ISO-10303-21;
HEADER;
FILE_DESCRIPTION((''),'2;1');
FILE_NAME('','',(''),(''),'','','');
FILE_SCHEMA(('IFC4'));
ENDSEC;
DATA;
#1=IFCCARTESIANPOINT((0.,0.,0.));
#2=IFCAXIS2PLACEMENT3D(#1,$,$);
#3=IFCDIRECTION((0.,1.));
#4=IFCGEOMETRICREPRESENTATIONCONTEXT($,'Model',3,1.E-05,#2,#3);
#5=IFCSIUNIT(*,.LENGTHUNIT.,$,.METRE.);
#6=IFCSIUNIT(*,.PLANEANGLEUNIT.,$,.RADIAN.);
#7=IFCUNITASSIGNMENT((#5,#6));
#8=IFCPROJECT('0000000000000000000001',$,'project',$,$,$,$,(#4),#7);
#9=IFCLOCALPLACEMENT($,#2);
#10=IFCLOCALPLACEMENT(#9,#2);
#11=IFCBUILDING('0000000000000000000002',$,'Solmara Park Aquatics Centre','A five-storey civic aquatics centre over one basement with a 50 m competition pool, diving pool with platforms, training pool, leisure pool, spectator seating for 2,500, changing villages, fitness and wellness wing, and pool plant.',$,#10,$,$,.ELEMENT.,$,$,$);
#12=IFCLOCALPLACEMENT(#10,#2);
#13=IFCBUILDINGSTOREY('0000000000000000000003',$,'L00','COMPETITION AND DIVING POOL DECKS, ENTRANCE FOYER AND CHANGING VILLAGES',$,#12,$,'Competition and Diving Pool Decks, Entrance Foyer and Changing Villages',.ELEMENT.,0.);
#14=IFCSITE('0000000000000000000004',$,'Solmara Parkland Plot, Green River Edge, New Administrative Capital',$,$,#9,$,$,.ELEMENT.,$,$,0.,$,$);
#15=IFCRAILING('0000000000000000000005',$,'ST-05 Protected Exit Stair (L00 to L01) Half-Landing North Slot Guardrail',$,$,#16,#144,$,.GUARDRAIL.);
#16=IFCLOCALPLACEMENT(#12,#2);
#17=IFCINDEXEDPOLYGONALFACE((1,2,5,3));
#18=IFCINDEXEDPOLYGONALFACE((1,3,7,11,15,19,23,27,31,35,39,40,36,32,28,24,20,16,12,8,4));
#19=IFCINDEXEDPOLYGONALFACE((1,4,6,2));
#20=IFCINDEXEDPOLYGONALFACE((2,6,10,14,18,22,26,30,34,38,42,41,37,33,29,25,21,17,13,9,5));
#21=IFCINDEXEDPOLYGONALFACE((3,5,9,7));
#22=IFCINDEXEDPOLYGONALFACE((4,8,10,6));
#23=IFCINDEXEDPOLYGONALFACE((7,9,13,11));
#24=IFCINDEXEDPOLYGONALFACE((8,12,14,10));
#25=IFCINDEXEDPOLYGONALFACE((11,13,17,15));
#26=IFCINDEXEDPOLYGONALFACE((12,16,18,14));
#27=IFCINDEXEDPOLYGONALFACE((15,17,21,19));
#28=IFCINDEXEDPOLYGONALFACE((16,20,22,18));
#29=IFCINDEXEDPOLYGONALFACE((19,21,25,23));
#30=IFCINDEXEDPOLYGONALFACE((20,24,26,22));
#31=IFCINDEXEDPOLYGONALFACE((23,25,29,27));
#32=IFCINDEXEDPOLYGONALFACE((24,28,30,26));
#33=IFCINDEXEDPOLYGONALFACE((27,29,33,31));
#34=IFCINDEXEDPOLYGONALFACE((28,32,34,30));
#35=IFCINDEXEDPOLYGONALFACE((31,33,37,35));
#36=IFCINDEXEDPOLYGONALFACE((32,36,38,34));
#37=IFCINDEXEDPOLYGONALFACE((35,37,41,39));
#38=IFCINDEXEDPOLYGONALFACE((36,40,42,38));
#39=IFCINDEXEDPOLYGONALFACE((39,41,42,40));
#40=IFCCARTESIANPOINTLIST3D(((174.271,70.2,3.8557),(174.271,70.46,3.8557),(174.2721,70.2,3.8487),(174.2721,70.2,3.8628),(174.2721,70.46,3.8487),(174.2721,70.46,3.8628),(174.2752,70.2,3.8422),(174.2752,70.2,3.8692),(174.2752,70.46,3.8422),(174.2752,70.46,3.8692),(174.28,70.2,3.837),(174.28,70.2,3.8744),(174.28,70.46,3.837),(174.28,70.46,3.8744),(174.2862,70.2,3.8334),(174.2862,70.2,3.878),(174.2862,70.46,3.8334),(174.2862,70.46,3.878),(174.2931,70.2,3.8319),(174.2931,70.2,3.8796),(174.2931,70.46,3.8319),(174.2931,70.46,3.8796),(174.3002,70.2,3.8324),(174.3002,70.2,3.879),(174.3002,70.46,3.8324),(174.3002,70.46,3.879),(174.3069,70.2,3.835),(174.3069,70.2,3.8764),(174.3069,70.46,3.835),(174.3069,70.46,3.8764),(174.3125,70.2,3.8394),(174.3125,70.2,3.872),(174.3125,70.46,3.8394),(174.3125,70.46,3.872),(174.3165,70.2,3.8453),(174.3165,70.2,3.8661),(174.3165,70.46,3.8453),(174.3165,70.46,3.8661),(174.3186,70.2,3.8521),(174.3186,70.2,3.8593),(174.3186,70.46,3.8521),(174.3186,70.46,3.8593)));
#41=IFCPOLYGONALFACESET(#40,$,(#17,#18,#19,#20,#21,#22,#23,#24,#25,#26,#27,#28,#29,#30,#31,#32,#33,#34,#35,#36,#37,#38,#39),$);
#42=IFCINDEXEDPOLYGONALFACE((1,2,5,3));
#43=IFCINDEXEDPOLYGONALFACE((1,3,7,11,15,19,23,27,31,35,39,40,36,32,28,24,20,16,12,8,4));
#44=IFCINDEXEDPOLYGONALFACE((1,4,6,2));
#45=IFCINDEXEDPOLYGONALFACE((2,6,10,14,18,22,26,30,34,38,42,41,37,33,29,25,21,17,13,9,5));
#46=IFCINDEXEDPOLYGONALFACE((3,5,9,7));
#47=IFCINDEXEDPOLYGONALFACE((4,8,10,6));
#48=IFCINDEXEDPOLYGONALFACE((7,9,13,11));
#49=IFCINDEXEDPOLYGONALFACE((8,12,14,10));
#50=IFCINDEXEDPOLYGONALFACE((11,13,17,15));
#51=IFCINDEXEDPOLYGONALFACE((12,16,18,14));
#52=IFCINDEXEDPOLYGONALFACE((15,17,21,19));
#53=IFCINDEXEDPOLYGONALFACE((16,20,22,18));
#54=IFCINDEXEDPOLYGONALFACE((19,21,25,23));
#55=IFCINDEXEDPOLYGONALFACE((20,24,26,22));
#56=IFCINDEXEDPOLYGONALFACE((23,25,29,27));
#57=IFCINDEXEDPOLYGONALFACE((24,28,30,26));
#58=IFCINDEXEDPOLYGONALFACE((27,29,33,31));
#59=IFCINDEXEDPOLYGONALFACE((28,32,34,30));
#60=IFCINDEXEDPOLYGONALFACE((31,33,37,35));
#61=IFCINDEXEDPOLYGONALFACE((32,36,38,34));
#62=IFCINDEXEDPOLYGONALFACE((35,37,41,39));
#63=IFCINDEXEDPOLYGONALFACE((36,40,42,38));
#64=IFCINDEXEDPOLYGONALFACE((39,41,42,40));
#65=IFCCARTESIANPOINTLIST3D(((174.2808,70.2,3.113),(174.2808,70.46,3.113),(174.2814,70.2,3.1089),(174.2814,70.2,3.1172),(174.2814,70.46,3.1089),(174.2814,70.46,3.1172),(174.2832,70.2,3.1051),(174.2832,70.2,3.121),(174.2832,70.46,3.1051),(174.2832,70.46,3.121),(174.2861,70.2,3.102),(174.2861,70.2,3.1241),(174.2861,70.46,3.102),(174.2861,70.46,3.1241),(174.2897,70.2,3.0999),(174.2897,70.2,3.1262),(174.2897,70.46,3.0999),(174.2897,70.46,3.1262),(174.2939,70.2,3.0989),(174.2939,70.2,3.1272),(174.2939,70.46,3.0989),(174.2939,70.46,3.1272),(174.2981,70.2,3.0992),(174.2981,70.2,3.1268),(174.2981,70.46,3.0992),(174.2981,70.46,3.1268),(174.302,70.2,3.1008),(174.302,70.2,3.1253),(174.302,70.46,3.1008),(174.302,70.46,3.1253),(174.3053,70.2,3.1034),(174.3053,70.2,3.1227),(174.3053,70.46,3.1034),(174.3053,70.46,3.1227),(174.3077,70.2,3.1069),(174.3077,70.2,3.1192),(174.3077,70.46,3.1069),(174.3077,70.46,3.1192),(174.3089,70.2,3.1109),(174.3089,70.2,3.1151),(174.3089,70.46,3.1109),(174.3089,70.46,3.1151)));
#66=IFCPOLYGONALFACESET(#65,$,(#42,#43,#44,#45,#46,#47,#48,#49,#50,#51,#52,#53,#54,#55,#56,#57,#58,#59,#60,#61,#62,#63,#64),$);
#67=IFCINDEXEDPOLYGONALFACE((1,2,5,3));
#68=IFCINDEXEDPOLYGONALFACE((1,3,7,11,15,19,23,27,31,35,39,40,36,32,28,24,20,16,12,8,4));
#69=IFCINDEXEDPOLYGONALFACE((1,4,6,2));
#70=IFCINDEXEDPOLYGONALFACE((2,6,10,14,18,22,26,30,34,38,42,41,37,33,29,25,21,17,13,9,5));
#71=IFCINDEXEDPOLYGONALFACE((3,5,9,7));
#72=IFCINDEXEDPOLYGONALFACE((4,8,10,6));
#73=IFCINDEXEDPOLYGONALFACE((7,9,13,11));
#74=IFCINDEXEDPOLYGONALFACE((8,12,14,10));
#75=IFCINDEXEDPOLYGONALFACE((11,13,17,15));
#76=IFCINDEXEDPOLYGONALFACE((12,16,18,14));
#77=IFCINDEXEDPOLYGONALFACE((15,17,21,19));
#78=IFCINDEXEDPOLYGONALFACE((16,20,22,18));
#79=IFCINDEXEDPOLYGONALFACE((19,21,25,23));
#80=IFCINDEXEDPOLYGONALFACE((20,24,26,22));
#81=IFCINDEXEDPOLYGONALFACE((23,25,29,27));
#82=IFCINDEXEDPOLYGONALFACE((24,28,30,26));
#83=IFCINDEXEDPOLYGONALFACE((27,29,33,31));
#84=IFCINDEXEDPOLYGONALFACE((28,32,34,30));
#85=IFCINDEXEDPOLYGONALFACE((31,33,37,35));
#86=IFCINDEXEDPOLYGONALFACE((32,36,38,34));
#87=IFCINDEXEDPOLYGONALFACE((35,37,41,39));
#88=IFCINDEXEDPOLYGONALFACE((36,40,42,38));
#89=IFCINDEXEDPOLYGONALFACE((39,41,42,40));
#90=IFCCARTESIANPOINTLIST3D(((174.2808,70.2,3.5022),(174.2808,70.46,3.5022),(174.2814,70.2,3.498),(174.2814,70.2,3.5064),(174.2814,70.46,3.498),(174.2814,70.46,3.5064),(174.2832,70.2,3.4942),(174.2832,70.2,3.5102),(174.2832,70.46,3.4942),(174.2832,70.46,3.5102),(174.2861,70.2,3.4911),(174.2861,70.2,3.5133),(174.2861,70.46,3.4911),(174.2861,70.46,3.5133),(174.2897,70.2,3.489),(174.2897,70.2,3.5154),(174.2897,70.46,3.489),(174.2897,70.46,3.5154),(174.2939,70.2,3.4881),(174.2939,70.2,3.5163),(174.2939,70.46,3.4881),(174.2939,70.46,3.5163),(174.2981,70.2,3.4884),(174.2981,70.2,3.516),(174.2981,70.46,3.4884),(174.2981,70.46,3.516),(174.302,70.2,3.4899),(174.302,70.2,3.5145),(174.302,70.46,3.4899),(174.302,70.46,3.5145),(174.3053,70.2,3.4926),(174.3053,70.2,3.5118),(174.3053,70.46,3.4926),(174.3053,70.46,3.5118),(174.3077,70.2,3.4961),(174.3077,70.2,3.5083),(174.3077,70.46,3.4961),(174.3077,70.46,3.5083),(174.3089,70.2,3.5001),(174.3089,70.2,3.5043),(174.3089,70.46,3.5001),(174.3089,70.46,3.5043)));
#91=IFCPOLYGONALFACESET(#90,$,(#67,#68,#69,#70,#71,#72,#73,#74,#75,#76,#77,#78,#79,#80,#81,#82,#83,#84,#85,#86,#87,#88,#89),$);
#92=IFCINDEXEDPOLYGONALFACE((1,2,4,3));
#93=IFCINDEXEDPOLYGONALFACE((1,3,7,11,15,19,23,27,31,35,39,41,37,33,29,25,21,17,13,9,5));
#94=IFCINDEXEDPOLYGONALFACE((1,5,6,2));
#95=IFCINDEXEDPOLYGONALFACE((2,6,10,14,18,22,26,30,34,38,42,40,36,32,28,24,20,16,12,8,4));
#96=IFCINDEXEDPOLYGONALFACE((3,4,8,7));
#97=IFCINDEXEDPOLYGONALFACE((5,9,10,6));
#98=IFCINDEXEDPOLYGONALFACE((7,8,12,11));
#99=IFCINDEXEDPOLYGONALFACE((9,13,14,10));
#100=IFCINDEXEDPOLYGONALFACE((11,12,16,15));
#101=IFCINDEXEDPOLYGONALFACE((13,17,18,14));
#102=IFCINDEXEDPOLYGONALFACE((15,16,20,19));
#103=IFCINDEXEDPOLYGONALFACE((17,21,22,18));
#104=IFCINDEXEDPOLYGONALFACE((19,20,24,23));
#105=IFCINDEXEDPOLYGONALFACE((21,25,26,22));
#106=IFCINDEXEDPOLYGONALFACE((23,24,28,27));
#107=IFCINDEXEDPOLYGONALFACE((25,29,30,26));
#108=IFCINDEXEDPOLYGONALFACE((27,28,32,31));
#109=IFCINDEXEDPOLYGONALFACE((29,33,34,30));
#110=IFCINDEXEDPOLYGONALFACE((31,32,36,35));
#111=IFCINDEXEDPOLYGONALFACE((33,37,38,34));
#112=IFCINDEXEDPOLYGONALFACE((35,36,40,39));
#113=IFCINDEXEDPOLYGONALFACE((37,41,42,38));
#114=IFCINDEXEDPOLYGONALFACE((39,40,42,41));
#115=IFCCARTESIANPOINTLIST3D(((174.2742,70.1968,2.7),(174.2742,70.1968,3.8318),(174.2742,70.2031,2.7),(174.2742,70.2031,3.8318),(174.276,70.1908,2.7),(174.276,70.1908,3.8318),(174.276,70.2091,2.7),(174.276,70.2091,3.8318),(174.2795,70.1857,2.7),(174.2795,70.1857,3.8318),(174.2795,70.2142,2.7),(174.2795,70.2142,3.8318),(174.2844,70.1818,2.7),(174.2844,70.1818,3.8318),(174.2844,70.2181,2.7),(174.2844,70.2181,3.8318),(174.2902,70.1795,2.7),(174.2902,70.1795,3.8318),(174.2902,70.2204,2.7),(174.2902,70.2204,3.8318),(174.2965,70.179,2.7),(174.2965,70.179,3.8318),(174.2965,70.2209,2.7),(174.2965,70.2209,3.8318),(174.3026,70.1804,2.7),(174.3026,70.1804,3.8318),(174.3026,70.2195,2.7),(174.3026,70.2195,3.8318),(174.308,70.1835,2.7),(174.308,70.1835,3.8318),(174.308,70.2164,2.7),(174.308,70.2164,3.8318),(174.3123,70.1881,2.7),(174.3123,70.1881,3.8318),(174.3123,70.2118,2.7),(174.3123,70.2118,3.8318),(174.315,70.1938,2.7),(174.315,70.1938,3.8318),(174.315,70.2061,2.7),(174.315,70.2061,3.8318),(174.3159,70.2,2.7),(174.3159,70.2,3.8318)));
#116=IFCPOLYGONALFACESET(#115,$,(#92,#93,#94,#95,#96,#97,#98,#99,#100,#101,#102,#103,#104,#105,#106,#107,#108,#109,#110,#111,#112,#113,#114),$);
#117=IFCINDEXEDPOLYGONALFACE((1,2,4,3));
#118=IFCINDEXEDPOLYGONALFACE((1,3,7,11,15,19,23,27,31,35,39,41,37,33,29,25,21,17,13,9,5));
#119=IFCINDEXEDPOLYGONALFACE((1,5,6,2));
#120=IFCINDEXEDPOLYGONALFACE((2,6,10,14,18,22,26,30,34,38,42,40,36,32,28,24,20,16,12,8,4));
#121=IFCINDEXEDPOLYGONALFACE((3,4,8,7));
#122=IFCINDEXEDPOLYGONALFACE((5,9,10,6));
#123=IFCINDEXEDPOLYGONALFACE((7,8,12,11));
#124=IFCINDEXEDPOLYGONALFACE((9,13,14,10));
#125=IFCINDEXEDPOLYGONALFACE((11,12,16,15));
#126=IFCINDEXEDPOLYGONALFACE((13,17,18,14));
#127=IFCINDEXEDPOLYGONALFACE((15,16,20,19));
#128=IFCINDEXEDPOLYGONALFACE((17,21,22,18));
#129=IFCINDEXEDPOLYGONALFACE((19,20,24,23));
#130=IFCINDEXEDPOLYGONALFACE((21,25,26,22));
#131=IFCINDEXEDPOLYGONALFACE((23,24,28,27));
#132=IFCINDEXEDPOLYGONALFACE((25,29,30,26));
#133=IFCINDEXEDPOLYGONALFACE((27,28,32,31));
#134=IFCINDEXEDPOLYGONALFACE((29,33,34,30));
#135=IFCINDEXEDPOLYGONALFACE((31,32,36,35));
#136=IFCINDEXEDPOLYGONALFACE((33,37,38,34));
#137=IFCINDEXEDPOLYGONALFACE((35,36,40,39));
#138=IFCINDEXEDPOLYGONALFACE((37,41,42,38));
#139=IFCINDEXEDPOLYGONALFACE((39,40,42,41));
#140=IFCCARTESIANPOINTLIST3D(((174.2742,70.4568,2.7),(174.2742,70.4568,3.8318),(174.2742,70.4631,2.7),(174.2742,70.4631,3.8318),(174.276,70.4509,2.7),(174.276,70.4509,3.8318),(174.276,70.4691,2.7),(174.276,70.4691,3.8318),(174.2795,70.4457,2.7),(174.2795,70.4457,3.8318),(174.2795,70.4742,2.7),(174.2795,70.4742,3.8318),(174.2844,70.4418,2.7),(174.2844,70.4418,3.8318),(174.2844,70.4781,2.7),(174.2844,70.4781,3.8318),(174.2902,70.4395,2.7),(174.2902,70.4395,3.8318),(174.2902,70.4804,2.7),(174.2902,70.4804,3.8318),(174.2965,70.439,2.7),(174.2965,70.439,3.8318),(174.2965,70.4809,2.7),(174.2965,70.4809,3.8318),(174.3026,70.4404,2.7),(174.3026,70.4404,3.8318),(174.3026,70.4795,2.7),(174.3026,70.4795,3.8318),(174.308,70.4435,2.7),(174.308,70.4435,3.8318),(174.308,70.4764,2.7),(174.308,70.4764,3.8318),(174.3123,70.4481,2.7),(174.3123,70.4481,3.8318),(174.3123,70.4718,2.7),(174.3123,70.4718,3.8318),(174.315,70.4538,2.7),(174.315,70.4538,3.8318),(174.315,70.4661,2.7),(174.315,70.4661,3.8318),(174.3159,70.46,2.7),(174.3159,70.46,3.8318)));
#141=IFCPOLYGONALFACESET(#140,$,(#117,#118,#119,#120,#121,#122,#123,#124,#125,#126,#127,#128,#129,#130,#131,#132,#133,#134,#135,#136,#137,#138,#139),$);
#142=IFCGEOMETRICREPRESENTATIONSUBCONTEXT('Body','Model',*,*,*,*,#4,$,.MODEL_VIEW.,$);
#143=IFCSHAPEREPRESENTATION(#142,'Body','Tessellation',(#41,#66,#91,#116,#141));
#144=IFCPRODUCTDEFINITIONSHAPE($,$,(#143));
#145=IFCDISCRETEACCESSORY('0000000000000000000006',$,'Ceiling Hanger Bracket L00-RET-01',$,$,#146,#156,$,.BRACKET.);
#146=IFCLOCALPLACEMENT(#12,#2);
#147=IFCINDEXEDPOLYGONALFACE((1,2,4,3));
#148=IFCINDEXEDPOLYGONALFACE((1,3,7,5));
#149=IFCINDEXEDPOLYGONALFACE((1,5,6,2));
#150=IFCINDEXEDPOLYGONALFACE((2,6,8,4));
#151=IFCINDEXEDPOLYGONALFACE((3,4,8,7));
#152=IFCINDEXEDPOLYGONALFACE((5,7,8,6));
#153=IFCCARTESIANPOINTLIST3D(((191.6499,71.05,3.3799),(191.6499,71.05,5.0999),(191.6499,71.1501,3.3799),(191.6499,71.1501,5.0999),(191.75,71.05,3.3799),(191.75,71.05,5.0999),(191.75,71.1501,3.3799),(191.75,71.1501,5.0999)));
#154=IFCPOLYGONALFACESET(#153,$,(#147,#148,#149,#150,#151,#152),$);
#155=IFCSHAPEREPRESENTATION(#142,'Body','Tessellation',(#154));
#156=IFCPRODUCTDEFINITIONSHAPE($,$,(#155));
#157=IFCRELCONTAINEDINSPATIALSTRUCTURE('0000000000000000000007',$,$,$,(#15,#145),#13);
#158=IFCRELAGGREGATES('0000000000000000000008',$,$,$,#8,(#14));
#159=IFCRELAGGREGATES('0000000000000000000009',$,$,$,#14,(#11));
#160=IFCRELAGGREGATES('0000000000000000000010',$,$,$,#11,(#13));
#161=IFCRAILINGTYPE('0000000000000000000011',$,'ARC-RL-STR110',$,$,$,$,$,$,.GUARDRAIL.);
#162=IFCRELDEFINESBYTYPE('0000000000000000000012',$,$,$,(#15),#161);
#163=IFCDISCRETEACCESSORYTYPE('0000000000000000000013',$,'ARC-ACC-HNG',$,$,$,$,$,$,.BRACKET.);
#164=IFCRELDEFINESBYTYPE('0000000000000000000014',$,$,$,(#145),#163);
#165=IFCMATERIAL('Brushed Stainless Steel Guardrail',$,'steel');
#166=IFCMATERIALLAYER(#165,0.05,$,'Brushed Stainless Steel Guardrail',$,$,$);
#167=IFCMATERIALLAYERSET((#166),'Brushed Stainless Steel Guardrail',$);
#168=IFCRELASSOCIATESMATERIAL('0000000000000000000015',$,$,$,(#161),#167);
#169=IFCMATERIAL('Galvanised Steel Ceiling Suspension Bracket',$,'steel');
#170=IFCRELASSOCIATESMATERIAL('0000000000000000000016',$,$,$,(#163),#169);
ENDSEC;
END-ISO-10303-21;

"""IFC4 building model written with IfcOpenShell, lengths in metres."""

from ifc_helpers import new_model, si_unit, direction, frame, origin, origin_2d, place, context, subcontext, project, spatial, rectangle, circle, extrude, material, layer, layer_set, type_object, element, save


model = new_model("IFC4")

# Units and contexts
model_context = context("Model", 3, precision=1e-05, world=origin(), true_north=direction((0.0, 1.0)))
body_context = subcontext(model_context, "Body", "Model", "MODEL_VIEW")
ifc_project = project(units=[si_unit("LENGTHUNIT", "METRE"), si_unit("PLANEANGLEUNIT", "RADIAN")], contexts=[model_context])

# Site, building, storey
site_placement = place(None, origin())
site = spatial("IfcSite", under=ifc_project, at=site_placement, Name="Solmara Parkland Plot, Green River Edge, New Administrative Capital", CompositionType="ELEMENT", RefElevation=0.0)
building_placement = place(site_placement, origin())
building = spatial("IfcBuilding", under=site, at=building_placement, Name="Solmara Park Aquatics Centre", Description="A five-storey civic aquatics centre over one basement with a 50 m competition pool, diving pool with platforms, training pool, leisure pool, spectator seating for 2,500, changing villages, fitness and wellness wing, and pool plant.", CompositionType="ELEMENT")
storey_placement = place(building_placement, origin())
storey = spatial("IfcBuildingStorey", under=building, at=storey_placement, Name="L00", Description="COMPETITION AND DIVING POOL DECKS, ENTRANCE FOYER AND CHANGING VILLAGES", LongName="Competition and Diving Pool Decks, Entrance Foyer and Changing Villages", CompositionType="ELEMENT", Elevation=0.0)

# Railing
ifc_material_1 = material(Name="Brushed Stainless Steel Guardrail", Category="steel")
ifc_layer_1 = layer(ifc_material_1, 0.05, Name="Brushed Stainless Steel Guardrail")
ifc_layer_set_1 = layer_set([ifc_layer_1], Name="Brushed Stainless Steel Guardrail")
railing_type_1 = type_object("IfcRailingType", Name="ARC-RL-STR110", PredefinedType="GUARDRAIL", material=ifc_layer_set_1)
railing_1_placement = place(storey_placement, frame((174.2949, 70.2, 2.7)))
element("IfcRailing", 1, at=railing_1_placement, inside=storey, type_object=railing_type_1, Name="ST-05 Protected Exit Stair (L00 to L01) Half-Landing North Slot Guardrail", PredefinedType="GUARDRAIL", context=body_context, shape_type="SweptSolid", body=[
    extrude(circle(Radius=0.0239, at=origin_2d()), frame((0.0, 0.0, 1.1558), z_axis=(0.0, 1.0, 0.0), x_axis=(-1.0, 0.0, 0.0)), (0.0, 0.0, 1.0), 0.26),
    extrude(circle(Radius=0.0142, at=origin_2d()), frame((0.0, 0.0, 0.4131), z_axis=(0.0, 1.0, 0.0), x_axis=(-1.0, 0.0, 0.0)), (0.0, 0.0, 1.0), 0.26),
    extrude(circle(Radius=0.0142, at=origin_2d()), frame((0.0, 0.0, 0.8022), z_axis=(0.0, 1.0, 0.0), x_axis=(-1.0, 0.0, 0.0)), (0.0, 0.0, 1.0), 0.26),
    extrude(circle(Radius=0.021, at=origin_2d()), origin(), (0.0, 0.0, 1.0), 1.1318),
    extrude(circle(Radius=0.021, at=origin_2d()), frame((0.0, 0.26, 0.0)), (0.0, 0.0, 1.0), 1.1318),
])

# Discrete accessory
ifc_material_2 = material(Name="Galvanised Steel Ceiling Suspension Bracket", Category="steel")
discrete_accessory_type = type_object("IfcDiscreteAccessoryType", Name="ARC-ACC-HNG", PredefinedType="BRACKET", material=ifc_material_2)
discrete_accessory_placement = place(storey_placement, frame((191.7, 71.1001, 3.3799), z_axis=(0.0, 0.0, 1.0), x_axis=(1.0, 0.0, 0.0)))
element("IfcDiscreteAccessory", 2, at=discrete_accessory_placement, inside=storey, type_object=discrete_accessory_type, Name="Ceiling Hanger Bracket L00-RET-01", PredefinedType="BRACKET", context=body_context, shape_type="SweptSolid", body=[
    extrude(rectangle(XDim=0.1001, YDim=0.1001, at=origin_2d()), origin(), (0.0, 0.0, 1.0), 1.72),
])

save(model, "model.ifc")
